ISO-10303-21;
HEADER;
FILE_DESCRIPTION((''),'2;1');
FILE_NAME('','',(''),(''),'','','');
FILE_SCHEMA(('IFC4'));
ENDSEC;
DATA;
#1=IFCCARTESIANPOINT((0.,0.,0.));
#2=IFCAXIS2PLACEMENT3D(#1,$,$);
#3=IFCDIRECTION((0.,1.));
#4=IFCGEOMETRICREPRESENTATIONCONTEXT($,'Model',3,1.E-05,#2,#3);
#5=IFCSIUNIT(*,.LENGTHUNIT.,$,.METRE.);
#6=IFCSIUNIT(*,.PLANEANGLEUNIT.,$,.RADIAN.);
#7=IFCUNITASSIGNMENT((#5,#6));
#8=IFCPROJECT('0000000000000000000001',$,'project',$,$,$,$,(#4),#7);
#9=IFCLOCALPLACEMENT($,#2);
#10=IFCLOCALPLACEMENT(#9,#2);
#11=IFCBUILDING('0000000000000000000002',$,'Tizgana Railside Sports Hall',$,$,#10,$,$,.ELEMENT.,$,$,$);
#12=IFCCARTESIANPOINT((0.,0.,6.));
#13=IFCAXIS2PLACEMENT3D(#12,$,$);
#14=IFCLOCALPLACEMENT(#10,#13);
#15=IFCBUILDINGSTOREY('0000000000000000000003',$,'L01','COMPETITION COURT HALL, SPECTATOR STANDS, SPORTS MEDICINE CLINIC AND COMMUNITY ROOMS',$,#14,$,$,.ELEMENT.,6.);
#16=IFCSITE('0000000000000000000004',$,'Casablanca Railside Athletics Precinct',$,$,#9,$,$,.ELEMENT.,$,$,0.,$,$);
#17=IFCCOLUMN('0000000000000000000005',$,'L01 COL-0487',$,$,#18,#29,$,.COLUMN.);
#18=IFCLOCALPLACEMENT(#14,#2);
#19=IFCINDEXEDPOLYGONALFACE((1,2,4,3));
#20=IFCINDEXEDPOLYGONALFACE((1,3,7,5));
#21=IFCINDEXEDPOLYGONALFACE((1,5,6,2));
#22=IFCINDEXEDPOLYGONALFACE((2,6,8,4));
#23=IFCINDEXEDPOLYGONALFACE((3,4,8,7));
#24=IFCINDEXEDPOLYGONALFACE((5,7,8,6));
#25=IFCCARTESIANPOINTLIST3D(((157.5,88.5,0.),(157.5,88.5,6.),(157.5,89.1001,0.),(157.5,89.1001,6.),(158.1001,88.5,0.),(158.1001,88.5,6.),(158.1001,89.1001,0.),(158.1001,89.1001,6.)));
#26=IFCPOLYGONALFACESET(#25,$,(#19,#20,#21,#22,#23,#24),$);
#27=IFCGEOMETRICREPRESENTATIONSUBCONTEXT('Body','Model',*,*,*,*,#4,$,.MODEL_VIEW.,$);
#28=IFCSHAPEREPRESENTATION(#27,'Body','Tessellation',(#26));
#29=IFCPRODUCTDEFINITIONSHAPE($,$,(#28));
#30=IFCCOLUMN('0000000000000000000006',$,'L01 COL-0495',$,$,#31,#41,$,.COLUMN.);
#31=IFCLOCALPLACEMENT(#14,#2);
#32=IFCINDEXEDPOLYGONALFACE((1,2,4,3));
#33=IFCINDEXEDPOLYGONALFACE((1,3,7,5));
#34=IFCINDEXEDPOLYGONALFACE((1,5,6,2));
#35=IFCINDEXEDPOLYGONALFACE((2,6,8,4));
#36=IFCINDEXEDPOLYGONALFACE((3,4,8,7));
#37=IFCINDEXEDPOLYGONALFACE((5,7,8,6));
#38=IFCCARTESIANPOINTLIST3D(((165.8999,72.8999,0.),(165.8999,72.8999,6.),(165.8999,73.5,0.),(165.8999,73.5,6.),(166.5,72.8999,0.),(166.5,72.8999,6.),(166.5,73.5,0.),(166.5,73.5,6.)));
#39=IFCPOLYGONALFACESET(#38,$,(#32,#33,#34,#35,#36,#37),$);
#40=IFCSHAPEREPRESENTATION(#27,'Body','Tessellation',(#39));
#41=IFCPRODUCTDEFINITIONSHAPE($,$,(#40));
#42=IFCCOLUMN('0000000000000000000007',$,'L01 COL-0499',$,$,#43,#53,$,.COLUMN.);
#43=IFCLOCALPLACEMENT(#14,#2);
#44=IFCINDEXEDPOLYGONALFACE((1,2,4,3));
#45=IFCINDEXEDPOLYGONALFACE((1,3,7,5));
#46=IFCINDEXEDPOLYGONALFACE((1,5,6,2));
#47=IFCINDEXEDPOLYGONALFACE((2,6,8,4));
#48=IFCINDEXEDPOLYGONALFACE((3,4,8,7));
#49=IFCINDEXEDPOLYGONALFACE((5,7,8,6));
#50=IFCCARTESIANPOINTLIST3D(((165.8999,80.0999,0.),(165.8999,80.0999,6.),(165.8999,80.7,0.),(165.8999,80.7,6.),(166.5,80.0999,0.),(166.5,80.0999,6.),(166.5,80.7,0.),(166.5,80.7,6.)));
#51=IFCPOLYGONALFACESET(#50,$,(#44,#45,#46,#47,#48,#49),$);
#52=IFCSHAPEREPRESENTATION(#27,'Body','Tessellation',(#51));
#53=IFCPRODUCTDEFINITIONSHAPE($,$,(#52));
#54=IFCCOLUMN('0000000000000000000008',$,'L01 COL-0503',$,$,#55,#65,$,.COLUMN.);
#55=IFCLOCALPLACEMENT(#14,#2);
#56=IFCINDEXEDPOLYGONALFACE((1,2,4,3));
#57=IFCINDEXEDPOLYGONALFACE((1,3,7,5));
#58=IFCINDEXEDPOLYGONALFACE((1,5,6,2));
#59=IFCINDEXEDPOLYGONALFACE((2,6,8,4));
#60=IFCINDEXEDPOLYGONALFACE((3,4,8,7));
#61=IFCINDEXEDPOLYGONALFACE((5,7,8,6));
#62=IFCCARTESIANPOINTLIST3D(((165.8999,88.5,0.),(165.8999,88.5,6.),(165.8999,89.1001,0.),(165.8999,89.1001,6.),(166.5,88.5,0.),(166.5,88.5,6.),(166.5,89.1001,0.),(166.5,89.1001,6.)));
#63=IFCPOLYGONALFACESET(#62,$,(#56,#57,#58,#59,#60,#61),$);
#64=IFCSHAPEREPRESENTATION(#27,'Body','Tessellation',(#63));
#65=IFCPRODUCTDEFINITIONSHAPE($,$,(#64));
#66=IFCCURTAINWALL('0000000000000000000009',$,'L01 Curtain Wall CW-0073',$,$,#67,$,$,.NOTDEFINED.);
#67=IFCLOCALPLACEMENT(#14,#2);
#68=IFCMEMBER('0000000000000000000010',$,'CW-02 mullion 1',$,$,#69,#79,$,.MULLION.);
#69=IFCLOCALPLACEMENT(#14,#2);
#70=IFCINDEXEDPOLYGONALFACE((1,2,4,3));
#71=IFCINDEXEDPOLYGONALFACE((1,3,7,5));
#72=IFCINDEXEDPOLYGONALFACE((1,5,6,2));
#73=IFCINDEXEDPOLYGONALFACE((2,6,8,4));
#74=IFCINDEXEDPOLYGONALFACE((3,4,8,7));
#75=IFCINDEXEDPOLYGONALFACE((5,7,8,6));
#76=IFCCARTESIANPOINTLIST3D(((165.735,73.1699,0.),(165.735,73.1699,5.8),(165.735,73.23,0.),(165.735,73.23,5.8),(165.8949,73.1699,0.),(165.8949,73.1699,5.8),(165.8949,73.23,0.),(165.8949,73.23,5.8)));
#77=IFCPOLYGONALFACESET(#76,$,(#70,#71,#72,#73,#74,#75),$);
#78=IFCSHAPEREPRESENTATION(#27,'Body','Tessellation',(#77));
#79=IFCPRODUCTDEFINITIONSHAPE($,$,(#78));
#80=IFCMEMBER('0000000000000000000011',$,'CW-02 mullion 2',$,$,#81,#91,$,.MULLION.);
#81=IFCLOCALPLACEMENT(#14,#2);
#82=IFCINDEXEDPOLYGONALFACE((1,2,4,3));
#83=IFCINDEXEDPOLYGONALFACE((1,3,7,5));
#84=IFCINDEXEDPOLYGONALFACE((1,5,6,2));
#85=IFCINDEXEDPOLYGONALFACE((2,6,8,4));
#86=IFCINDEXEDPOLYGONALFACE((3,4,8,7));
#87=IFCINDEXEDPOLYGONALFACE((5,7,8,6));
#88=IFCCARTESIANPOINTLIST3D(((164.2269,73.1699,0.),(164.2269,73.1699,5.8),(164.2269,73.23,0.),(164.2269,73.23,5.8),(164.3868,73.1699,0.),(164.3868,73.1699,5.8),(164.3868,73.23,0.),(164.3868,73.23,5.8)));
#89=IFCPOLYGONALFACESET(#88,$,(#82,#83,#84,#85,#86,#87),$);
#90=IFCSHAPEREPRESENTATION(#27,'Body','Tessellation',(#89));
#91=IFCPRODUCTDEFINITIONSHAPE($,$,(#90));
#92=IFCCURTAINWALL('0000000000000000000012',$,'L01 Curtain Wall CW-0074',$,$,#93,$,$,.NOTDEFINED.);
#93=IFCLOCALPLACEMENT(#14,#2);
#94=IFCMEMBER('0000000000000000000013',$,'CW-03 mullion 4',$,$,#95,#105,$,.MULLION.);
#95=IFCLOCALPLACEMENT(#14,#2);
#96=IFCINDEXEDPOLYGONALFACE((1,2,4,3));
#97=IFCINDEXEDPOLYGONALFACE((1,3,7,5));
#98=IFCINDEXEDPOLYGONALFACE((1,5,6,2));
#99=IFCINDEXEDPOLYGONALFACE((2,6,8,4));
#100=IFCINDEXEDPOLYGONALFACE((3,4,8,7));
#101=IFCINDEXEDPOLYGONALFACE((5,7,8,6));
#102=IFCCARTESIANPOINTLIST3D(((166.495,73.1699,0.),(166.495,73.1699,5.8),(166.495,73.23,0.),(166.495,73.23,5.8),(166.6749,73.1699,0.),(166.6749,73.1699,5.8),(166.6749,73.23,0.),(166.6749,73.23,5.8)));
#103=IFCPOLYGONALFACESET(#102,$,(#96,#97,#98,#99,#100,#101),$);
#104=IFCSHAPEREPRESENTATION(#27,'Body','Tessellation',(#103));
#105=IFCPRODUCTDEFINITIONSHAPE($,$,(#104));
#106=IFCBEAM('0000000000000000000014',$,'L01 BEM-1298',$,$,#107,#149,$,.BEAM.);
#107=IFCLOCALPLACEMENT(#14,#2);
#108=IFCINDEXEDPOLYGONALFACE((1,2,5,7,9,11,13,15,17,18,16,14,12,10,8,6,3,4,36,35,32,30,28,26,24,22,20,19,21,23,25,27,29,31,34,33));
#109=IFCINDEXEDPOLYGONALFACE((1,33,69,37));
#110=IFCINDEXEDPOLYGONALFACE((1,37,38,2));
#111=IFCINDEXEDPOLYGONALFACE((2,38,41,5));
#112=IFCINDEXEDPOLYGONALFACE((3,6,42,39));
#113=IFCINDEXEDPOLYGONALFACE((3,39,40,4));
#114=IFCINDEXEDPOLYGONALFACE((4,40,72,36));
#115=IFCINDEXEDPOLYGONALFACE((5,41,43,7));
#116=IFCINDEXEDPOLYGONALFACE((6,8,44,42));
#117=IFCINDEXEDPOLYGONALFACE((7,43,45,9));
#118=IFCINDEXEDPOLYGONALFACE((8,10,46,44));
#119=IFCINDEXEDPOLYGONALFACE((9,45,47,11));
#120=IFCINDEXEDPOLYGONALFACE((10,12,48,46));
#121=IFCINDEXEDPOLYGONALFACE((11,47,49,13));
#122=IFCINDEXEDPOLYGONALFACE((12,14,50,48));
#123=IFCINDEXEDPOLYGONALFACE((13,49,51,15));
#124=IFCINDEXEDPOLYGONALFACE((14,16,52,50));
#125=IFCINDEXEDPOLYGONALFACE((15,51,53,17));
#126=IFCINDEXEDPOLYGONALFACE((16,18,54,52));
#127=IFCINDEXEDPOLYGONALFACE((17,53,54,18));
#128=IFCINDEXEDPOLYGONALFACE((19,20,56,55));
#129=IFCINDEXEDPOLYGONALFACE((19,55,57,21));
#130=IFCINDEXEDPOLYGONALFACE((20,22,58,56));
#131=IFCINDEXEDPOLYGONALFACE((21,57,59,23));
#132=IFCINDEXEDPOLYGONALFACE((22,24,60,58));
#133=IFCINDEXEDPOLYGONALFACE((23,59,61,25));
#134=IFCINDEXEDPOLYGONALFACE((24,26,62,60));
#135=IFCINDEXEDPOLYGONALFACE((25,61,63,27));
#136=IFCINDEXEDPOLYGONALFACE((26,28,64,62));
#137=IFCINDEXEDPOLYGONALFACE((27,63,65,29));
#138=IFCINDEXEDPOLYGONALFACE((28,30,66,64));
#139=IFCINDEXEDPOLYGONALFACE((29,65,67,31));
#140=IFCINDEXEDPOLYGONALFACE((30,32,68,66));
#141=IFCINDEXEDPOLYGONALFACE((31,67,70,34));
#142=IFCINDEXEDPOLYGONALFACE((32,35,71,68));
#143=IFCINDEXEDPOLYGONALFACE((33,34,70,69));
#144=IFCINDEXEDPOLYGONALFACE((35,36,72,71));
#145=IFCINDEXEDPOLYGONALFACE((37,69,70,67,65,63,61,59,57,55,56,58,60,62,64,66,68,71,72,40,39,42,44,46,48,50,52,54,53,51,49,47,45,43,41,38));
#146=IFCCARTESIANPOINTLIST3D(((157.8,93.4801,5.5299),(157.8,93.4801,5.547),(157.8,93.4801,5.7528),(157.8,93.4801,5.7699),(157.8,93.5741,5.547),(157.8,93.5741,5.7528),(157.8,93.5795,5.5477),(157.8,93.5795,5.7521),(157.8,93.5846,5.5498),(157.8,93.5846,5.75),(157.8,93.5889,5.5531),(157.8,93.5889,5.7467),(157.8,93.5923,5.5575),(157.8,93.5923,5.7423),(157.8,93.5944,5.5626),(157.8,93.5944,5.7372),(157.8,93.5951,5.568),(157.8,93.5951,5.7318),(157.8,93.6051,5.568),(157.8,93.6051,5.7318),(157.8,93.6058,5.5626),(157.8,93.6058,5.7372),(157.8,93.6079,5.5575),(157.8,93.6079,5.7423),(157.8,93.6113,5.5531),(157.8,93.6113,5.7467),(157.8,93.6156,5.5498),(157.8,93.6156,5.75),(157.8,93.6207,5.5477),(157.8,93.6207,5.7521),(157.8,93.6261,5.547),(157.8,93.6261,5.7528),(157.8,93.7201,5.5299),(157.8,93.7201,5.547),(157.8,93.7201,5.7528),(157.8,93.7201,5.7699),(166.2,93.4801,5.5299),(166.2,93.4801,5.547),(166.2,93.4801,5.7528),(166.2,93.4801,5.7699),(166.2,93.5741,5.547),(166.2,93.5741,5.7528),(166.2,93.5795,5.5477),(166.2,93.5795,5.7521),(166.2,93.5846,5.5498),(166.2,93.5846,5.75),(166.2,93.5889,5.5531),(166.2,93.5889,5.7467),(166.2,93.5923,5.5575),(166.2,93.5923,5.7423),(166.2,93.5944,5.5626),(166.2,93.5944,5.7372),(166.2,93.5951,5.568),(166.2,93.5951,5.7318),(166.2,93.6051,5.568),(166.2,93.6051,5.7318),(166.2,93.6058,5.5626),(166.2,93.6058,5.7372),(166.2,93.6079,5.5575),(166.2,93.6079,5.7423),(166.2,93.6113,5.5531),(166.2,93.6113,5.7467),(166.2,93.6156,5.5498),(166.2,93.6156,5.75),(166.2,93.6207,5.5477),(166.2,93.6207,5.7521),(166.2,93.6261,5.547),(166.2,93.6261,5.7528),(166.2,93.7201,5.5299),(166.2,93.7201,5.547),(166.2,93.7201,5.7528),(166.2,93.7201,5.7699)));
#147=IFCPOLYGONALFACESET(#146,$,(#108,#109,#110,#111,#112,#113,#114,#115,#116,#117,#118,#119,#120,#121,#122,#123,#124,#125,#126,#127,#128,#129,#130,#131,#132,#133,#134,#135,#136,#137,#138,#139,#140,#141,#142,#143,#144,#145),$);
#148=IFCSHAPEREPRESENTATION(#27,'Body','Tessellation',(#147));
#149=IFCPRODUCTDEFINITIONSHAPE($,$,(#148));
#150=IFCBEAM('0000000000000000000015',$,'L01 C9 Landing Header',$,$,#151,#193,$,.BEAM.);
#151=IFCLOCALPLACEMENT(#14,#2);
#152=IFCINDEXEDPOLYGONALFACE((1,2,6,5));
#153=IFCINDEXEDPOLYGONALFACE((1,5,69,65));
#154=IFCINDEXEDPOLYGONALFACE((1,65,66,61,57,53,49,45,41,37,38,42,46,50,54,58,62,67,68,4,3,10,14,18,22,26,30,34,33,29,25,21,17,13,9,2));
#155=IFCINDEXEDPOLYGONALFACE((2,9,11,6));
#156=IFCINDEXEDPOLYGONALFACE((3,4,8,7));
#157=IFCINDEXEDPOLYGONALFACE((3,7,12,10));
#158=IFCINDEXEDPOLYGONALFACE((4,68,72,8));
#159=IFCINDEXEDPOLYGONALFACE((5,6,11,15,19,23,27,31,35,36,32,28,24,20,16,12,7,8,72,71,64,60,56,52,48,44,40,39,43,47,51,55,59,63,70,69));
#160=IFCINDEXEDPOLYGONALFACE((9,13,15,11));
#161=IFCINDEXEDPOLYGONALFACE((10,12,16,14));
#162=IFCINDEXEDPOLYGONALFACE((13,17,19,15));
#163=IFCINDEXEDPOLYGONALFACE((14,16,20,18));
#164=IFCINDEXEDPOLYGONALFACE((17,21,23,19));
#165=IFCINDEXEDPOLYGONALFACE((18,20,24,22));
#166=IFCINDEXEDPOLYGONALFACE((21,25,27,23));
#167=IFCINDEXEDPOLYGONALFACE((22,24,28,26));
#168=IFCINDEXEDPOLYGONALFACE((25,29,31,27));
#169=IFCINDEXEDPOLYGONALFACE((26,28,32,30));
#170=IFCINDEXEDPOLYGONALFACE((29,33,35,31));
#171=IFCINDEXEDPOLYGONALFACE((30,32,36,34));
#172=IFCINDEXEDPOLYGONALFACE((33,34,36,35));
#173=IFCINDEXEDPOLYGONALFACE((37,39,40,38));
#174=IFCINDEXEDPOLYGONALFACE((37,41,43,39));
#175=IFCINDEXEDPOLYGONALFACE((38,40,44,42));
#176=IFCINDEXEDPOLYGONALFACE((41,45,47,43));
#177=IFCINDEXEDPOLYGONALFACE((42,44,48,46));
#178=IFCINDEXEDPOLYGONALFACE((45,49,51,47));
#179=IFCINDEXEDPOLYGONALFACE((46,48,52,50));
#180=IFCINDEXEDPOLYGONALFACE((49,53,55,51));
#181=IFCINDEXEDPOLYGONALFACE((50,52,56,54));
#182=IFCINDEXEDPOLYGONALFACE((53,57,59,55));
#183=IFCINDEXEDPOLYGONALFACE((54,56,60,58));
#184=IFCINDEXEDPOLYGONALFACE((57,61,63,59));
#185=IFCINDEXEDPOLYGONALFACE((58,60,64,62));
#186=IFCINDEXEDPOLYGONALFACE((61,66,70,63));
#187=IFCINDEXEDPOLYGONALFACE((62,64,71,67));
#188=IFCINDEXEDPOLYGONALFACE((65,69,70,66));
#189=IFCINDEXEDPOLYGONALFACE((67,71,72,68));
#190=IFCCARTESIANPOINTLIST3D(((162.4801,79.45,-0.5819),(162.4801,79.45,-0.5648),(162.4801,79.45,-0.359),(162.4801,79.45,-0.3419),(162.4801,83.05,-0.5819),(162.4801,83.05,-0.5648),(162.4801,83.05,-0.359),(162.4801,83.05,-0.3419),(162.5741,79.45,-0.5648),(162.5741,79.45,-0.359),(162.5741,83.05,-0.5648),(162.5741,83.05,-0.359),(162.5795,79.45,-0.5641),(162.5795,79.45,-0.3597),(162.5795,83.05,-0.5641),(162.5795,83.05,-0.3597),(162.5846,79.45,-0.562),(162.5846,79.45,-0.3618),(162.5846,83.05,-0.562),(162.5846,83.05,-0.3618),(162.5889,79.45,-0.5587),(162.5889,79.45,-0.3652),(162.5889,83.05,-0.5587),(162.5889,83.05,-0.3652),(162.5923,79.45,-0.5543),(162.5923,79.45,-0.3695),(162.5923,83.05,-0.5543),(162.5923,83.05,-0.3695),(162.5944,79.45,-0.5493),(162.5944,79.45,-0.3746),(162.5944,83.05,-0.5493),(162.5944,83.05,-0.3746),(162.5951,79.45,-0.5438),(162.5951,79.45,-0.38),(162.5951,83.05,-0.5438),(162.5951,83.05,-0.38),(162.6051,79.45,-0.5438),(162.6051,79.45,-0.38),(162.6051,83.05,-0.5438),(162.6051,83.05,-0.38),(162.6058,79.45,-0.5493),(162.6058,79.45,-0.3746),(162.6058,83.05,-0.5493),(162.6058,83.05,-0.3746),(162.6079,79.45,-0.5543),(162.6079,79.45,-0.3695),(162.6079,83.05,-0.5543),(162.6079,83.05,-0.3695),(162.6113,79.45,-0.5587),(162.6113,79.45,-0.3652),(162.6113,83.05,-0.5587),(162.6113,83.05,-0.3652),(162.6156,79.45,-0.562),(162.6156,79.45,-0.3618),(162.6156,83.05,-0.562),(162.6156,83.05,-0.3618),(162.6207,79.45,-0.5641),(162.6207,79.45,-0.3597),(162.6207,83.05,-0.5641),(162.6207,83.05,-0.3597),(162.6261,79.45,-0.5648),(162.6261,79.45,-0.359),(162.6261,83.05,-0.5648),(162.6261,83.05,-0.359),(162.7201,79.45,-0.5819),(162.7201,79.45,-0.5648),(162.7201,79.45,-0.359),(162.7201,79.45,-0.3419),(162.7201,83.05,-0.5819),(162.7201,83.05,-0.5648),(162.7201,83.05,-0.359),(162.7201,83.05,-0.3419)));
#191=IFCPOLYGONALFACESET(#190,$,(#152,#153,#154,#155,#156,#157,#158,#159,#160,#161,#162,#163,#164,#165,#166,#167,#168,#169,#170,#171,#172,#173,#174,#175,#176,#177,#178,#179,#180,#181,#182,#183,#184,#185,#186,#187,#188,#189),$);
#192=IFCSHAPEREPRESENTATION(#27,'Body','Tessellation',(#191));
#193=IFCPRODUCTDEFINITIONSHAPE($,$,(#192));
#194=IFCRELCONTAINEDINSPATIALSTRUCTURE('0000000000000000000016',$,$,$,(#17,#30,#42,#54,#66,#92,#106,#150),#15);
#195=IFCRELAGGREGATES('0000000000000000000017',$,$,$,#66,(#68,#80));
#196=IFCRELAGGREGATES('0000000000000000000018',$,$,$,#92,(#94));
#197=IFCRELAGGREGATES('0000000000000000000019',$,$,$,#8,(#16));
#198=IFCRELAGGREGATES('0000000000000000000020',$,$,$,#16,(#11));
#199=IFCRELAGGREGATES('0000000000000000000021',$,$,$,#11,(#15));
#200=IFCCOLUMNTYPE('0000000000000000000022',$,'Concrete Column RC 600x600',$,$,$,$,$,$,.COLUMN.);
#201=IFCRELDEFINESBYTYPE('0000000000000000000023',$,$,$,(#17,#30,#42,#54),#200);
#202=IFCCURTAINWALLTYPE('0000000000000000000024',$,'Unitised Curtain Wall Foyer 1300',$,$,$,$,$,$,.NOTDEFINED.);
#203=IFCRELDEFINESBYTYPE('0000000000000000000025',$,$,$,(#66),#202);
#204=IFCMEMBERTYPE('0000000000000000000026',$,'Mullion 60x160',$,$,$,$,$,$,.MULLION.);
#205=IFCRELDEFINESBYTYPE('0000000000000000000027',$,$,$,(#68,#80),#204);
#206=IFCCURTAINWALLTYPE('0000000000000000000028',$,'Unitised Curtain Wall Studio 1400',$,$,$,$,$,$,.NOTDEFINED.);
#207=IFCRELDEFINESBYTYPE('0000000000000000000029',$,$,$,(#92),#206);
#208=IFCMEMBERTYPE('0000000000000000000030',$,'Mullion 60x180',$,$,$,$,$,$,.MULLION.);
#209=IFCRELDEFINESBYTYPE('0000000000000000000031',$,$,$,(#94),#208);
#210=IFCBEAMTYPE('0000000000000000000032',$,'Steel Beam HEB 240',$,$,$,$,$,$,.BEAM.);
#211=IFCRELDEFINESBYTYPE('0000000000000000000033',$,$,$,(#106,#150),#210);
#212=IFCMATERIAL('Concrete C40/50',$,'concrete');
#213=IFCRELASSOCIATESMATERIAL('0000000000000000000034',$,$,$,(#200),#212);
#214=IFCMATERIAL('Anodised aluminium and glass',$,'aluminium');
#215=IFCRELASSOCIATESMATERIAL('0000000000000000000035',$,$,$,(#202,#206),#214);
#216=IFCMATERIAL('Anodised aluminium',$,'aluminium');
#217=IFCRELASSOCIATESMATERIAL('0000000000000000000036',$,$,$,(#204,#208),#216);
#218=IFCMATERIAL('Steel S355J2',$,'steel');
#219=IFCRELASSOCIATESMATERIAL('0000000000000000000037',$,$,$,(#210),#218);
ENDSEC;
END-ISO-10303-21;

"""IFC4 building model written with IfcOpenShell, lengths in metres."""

from ifc_helpers import new_model, si_unit, direction, frame, origin, origin_2d, place, context, subcontext, project, spatial, rectangle, i_section, extrude, material, material_profile, profile_set, type_object, element, aggregate, save


model = new_model("IFC4")

# Units and contexts
model_context = context("Model", 3, precision=1e-05, world=origin(), true_north=direction((0.0, 1.0)))
body_context = subcontext(model_context, "Body", "Model", "MODEL_VIEW")
ifc_project = project(units=[si_unit("LENGTHUNIT", "METRE"), si_unit("PLANEANGLEUNIT", "RADIAN")], contexts=[model_context])

# Site, building, storey
site_placement = place(None, origin())
site = spatial("IfcSite", under=ifc_project, at=site_placement, Name="Casablanca Railside Athletics Precinct", CompositionType="ELEMENT", RefElevation=0.0)
building_placement = place(site_placement, origin())
building = spatial("IfcBuilding", under=site, at=building_placement, Name="Tizgana Railside Sports Hall", CompositionType="ELEMENT")
storey_placement = place(building_placement, frame((0.0, 0.0, 6.0)))
storey = spatial("IfcBuildingStorey", under=building, at=storey_placement, Name="L01", Description="COMPETITION COURT HALL, SPECTATOR STANDS, SPORTS MEDICINE CLINIC AND COMMUNITY ROOMS", CompositionType="ELEMENT", Elevation=6.0)

# Columns
ifc_material_1 = material(Name="Concrete C40/50", Category="concrete")
ifc_material_profile_1 = material_profile(ifc_material_1, rectangle(XDim=0.6001, YDim=0.6001, at=origin_2d()), Name="RC 600x600")
ifc_profile_set_1 = profile_set([ifc_material_profile_1], Name="Concrete C40/50")
column_type = type_object("IfcColumnType", Name="Concrete Column RC 600x600", PredefinedType="COLUMN", material=ifc_profile_set_1)
for number, where, z_axis, x_axis, name in (
    (1, (157.8, 88.8, 0.0), (0.0, 0.0, 1.0), (1.0, 0.0, 0.0), "L01 COL-0487"),
    (2, (166.2, 73.2, 0.0), (0.0, 0.0, 1.0), (1.0, 0.0, 0.0), "L01 COL-0495"),
    (3, (166.2, 80.3999, 0.0), (0.0, 0.0, 1.0), (1.0, 0.0, 0.0), "L01 COL-0499"),
    (4, (166.2, 88.8, 0.0), (0.0, 0.0, 1.0), (1.0, 0.0, 0.0), "L01 COL-0503"),
):
    element("IfcColumn", number, at=place(storey_placement, frame(where, z_axis=z_axis, x_axis=x_axis)), inside=storey, type_object=column_type, Name=name, PredefinedType="COLUMN", context=body_context, shape_type="SweptSolid", body=[
        extrude(rectangle(XDim=0.6001, YDim=0.6001, at=origin_2d()), origin(), (0.0, 0.0, 1.0), 6.0),
    ])

# Curtain wall, members
ifc_material_2 = material(Name="Anodised aluminium and glass", Category="aluminium")
curtain_wall_type_1 = type_object("IfcCurtainWallType", Name="Unitised Curtain Wall Foyer 1300", PredefinedType="NOTDEFINED", material=ifc_material_2)
curtain_wall_1_placement = place(storey_placement, origin())
curtain_wall_1 = element("IfcCurtainWall", 5, at=curtain_wall_1_placement, inside=storey, type_object=curtain_wall_type_1, Name="L01 Curtain Wall CW-0073", PredefinedType="NOTDEFINED")
ifc_material_3 = material(Name="Anodised aluminium", Category="aluminium")
ifc_material_profile_2 = material_profile(ifc_material_3, rectangle(XDim=0.0601, YDim=0.1599, at=origin_2d()), Name="Mullion 60x160")
ifc_profile_set_2 = profile_set([ifc_material_profile_2], Name="Anodised aluminium")
member_type_1 = type_object("IfcMemberType", Name="Mullion 60x160", PredefinedType="MULLION", material=ifc_profile_set_2)
member_1_placement = place(storey_placement, frame((165.8149, 73.2, 0.0), z_axis=(0.0, 0.0, 1.0), x_axis=(0.0, -1.0, 0.0)))
member_1 = element("IfcMember", 6, at=member_1_placement, type_object=member_type_1, Name="CW-02 mullion 1", PredefinedType="MULLION", context=body_context, shape_type="SweptSolid", body=[
    extrude(rectangle(XDim=0.0601, YDim=0.1599, at=origin_2d()), origin(), (0.0, 0.0, 1.0), 5.8),
])
member_2_placement = place(storey_placement, frame((164.3069, 73.2, 0.0), z_axis=(0.0, 0.0, 1.0), x_axis=(0.0, -1.0, 0.0)))
member_2 = element("IfcMember", 7, at=member_2_placement, type_object=member_type_1, Name="CW-02 mullion 2", PredefinedType="MULLION", context=body_context, shape_type="SweptSolid", body=[
    extrude(rectangle(XDim=0.0601, YDim=0.1599, at=origin_2d()), origin(), (0.0, 0.0, 1.0), 5.8),
])

# Curtain wall, member
curtain_wall_type_2 = type_object("IfcCurtainWallType", Name="Unitised Curtain Wall Studio 1400", PredefinedType="NOTDEFINED", material=ifc_material_2)
curtain_wall_2_placement = place(storey_placement, origin())
curtain_wall_2 = element("IfcCurtainWall", 8, at=curtain_wall_2_placement, inside=storey, type_object=curtain_wall_type_2, Name="L01 Curtain Wall CW-0074", PredefinedType="NOTDEFINED")
ifc_material_profile_3 = material_profile(ifc_material_3, rectangle(XDim=0.0601, YDim=0.1799, at=origin_2d()), Name="Mullion 60x180")
ifc_profile_set_3 = profile_set([ifc_material_profile_3], Name="Anodised aluminium")
member_type_2 = type_object("IfcMemberType", Name="Mullion 60x180", PredefinedType="MULLION", material=ifc_profile_set_3)
member_3_placement = place(storey_placement, frame((166.585, 73.2, 0.0), z_axis=(0.0, 0.0, 1.0), x_axis=(0.0, -1.0, 0.0)))
member_3 = element("IfcMember", 9, at=member_3_placement, type_object=member_type_2, Name="CW-03 mullion 4", PredefinedType="MULLION", context=body_context, shape_type="SweptSolid", body=[
    extrude(rectangle(XDim=0.0601, YDim=0.1799, at=origin_2d()), origin(), (0.0, 0.0, 1.0), 5.8),
])

# Beams
ifc_material_4 = material(Name="Steel S355J2", Category="steel")
ifc_material_profile_4 = material_profile(ifc_material_4, i_section(OverallWidth=0.24, OverallDepth=0.24, WebThickness=0.01, FlangeThickness=0.0171, FilletRadius=0.021, at=origin_2d()), Name="HEB 240")
ifc_profile_set_4 = profile_set([ifc_material_profile_4], Name="Steel S355J2")
beam_type_1 = type_object("IfcBeamType", Name="Steel Beam HEB 240", PredefinedType="BEAM", material=ifc_profile_set_4)
beam_1_placement = place(storey_placement, frame((157.8, 93.6001, 5.6499), z_axis=(1.0, 0.0, 0.0), x_axis=(0.0, 1.0, 0.0)))
element("IfcBeam", 10, at=beam_1_placement, inside=storey, type_object=beam_type_1, Name="L01 BEM-1298", PredefinedType="BEAM", context=body_context, shape_type="SweptSolid", body=[
    extrude(i_section(OverallWidth=0.24, OverallDepth=0.24, WebThickness=0.01, FlangeThickness=0.0171, FilletRadius=0.021, at=origin_2d()), origin(), (0.0, 0.0, 1.0), 8.3999),
])
beam_2_placement = place(storey_placement, frame((162.6001, 79.45, -0.4619), z_axis=(0.0, 1.0, 0.0), x_axis=(-1.0, 0.0, 0.0)))
element("IfcBeam", 11, at=beam_2_placement, inside=storey, type_object=beam_type_1, Name="L01 C9 Landing Header", PredefinedType="BEAM", context=body_context, shape_type="SweptSolid", body=[
    extrude(i_section(OverallWidth=0.24, OverallDepth=0.24, WebThickness=0.01, FlangeThickness=0.0171, FilletRadius=0.021, at=origin_2d()), origin(), (0.0, 0.0, 1.0), 3.6001),
])

aggregate(curtain_wall_1, [member_1, member_2])
aggregate(curtain_wall_2, [member_3])

save(model, "model.ifc")
